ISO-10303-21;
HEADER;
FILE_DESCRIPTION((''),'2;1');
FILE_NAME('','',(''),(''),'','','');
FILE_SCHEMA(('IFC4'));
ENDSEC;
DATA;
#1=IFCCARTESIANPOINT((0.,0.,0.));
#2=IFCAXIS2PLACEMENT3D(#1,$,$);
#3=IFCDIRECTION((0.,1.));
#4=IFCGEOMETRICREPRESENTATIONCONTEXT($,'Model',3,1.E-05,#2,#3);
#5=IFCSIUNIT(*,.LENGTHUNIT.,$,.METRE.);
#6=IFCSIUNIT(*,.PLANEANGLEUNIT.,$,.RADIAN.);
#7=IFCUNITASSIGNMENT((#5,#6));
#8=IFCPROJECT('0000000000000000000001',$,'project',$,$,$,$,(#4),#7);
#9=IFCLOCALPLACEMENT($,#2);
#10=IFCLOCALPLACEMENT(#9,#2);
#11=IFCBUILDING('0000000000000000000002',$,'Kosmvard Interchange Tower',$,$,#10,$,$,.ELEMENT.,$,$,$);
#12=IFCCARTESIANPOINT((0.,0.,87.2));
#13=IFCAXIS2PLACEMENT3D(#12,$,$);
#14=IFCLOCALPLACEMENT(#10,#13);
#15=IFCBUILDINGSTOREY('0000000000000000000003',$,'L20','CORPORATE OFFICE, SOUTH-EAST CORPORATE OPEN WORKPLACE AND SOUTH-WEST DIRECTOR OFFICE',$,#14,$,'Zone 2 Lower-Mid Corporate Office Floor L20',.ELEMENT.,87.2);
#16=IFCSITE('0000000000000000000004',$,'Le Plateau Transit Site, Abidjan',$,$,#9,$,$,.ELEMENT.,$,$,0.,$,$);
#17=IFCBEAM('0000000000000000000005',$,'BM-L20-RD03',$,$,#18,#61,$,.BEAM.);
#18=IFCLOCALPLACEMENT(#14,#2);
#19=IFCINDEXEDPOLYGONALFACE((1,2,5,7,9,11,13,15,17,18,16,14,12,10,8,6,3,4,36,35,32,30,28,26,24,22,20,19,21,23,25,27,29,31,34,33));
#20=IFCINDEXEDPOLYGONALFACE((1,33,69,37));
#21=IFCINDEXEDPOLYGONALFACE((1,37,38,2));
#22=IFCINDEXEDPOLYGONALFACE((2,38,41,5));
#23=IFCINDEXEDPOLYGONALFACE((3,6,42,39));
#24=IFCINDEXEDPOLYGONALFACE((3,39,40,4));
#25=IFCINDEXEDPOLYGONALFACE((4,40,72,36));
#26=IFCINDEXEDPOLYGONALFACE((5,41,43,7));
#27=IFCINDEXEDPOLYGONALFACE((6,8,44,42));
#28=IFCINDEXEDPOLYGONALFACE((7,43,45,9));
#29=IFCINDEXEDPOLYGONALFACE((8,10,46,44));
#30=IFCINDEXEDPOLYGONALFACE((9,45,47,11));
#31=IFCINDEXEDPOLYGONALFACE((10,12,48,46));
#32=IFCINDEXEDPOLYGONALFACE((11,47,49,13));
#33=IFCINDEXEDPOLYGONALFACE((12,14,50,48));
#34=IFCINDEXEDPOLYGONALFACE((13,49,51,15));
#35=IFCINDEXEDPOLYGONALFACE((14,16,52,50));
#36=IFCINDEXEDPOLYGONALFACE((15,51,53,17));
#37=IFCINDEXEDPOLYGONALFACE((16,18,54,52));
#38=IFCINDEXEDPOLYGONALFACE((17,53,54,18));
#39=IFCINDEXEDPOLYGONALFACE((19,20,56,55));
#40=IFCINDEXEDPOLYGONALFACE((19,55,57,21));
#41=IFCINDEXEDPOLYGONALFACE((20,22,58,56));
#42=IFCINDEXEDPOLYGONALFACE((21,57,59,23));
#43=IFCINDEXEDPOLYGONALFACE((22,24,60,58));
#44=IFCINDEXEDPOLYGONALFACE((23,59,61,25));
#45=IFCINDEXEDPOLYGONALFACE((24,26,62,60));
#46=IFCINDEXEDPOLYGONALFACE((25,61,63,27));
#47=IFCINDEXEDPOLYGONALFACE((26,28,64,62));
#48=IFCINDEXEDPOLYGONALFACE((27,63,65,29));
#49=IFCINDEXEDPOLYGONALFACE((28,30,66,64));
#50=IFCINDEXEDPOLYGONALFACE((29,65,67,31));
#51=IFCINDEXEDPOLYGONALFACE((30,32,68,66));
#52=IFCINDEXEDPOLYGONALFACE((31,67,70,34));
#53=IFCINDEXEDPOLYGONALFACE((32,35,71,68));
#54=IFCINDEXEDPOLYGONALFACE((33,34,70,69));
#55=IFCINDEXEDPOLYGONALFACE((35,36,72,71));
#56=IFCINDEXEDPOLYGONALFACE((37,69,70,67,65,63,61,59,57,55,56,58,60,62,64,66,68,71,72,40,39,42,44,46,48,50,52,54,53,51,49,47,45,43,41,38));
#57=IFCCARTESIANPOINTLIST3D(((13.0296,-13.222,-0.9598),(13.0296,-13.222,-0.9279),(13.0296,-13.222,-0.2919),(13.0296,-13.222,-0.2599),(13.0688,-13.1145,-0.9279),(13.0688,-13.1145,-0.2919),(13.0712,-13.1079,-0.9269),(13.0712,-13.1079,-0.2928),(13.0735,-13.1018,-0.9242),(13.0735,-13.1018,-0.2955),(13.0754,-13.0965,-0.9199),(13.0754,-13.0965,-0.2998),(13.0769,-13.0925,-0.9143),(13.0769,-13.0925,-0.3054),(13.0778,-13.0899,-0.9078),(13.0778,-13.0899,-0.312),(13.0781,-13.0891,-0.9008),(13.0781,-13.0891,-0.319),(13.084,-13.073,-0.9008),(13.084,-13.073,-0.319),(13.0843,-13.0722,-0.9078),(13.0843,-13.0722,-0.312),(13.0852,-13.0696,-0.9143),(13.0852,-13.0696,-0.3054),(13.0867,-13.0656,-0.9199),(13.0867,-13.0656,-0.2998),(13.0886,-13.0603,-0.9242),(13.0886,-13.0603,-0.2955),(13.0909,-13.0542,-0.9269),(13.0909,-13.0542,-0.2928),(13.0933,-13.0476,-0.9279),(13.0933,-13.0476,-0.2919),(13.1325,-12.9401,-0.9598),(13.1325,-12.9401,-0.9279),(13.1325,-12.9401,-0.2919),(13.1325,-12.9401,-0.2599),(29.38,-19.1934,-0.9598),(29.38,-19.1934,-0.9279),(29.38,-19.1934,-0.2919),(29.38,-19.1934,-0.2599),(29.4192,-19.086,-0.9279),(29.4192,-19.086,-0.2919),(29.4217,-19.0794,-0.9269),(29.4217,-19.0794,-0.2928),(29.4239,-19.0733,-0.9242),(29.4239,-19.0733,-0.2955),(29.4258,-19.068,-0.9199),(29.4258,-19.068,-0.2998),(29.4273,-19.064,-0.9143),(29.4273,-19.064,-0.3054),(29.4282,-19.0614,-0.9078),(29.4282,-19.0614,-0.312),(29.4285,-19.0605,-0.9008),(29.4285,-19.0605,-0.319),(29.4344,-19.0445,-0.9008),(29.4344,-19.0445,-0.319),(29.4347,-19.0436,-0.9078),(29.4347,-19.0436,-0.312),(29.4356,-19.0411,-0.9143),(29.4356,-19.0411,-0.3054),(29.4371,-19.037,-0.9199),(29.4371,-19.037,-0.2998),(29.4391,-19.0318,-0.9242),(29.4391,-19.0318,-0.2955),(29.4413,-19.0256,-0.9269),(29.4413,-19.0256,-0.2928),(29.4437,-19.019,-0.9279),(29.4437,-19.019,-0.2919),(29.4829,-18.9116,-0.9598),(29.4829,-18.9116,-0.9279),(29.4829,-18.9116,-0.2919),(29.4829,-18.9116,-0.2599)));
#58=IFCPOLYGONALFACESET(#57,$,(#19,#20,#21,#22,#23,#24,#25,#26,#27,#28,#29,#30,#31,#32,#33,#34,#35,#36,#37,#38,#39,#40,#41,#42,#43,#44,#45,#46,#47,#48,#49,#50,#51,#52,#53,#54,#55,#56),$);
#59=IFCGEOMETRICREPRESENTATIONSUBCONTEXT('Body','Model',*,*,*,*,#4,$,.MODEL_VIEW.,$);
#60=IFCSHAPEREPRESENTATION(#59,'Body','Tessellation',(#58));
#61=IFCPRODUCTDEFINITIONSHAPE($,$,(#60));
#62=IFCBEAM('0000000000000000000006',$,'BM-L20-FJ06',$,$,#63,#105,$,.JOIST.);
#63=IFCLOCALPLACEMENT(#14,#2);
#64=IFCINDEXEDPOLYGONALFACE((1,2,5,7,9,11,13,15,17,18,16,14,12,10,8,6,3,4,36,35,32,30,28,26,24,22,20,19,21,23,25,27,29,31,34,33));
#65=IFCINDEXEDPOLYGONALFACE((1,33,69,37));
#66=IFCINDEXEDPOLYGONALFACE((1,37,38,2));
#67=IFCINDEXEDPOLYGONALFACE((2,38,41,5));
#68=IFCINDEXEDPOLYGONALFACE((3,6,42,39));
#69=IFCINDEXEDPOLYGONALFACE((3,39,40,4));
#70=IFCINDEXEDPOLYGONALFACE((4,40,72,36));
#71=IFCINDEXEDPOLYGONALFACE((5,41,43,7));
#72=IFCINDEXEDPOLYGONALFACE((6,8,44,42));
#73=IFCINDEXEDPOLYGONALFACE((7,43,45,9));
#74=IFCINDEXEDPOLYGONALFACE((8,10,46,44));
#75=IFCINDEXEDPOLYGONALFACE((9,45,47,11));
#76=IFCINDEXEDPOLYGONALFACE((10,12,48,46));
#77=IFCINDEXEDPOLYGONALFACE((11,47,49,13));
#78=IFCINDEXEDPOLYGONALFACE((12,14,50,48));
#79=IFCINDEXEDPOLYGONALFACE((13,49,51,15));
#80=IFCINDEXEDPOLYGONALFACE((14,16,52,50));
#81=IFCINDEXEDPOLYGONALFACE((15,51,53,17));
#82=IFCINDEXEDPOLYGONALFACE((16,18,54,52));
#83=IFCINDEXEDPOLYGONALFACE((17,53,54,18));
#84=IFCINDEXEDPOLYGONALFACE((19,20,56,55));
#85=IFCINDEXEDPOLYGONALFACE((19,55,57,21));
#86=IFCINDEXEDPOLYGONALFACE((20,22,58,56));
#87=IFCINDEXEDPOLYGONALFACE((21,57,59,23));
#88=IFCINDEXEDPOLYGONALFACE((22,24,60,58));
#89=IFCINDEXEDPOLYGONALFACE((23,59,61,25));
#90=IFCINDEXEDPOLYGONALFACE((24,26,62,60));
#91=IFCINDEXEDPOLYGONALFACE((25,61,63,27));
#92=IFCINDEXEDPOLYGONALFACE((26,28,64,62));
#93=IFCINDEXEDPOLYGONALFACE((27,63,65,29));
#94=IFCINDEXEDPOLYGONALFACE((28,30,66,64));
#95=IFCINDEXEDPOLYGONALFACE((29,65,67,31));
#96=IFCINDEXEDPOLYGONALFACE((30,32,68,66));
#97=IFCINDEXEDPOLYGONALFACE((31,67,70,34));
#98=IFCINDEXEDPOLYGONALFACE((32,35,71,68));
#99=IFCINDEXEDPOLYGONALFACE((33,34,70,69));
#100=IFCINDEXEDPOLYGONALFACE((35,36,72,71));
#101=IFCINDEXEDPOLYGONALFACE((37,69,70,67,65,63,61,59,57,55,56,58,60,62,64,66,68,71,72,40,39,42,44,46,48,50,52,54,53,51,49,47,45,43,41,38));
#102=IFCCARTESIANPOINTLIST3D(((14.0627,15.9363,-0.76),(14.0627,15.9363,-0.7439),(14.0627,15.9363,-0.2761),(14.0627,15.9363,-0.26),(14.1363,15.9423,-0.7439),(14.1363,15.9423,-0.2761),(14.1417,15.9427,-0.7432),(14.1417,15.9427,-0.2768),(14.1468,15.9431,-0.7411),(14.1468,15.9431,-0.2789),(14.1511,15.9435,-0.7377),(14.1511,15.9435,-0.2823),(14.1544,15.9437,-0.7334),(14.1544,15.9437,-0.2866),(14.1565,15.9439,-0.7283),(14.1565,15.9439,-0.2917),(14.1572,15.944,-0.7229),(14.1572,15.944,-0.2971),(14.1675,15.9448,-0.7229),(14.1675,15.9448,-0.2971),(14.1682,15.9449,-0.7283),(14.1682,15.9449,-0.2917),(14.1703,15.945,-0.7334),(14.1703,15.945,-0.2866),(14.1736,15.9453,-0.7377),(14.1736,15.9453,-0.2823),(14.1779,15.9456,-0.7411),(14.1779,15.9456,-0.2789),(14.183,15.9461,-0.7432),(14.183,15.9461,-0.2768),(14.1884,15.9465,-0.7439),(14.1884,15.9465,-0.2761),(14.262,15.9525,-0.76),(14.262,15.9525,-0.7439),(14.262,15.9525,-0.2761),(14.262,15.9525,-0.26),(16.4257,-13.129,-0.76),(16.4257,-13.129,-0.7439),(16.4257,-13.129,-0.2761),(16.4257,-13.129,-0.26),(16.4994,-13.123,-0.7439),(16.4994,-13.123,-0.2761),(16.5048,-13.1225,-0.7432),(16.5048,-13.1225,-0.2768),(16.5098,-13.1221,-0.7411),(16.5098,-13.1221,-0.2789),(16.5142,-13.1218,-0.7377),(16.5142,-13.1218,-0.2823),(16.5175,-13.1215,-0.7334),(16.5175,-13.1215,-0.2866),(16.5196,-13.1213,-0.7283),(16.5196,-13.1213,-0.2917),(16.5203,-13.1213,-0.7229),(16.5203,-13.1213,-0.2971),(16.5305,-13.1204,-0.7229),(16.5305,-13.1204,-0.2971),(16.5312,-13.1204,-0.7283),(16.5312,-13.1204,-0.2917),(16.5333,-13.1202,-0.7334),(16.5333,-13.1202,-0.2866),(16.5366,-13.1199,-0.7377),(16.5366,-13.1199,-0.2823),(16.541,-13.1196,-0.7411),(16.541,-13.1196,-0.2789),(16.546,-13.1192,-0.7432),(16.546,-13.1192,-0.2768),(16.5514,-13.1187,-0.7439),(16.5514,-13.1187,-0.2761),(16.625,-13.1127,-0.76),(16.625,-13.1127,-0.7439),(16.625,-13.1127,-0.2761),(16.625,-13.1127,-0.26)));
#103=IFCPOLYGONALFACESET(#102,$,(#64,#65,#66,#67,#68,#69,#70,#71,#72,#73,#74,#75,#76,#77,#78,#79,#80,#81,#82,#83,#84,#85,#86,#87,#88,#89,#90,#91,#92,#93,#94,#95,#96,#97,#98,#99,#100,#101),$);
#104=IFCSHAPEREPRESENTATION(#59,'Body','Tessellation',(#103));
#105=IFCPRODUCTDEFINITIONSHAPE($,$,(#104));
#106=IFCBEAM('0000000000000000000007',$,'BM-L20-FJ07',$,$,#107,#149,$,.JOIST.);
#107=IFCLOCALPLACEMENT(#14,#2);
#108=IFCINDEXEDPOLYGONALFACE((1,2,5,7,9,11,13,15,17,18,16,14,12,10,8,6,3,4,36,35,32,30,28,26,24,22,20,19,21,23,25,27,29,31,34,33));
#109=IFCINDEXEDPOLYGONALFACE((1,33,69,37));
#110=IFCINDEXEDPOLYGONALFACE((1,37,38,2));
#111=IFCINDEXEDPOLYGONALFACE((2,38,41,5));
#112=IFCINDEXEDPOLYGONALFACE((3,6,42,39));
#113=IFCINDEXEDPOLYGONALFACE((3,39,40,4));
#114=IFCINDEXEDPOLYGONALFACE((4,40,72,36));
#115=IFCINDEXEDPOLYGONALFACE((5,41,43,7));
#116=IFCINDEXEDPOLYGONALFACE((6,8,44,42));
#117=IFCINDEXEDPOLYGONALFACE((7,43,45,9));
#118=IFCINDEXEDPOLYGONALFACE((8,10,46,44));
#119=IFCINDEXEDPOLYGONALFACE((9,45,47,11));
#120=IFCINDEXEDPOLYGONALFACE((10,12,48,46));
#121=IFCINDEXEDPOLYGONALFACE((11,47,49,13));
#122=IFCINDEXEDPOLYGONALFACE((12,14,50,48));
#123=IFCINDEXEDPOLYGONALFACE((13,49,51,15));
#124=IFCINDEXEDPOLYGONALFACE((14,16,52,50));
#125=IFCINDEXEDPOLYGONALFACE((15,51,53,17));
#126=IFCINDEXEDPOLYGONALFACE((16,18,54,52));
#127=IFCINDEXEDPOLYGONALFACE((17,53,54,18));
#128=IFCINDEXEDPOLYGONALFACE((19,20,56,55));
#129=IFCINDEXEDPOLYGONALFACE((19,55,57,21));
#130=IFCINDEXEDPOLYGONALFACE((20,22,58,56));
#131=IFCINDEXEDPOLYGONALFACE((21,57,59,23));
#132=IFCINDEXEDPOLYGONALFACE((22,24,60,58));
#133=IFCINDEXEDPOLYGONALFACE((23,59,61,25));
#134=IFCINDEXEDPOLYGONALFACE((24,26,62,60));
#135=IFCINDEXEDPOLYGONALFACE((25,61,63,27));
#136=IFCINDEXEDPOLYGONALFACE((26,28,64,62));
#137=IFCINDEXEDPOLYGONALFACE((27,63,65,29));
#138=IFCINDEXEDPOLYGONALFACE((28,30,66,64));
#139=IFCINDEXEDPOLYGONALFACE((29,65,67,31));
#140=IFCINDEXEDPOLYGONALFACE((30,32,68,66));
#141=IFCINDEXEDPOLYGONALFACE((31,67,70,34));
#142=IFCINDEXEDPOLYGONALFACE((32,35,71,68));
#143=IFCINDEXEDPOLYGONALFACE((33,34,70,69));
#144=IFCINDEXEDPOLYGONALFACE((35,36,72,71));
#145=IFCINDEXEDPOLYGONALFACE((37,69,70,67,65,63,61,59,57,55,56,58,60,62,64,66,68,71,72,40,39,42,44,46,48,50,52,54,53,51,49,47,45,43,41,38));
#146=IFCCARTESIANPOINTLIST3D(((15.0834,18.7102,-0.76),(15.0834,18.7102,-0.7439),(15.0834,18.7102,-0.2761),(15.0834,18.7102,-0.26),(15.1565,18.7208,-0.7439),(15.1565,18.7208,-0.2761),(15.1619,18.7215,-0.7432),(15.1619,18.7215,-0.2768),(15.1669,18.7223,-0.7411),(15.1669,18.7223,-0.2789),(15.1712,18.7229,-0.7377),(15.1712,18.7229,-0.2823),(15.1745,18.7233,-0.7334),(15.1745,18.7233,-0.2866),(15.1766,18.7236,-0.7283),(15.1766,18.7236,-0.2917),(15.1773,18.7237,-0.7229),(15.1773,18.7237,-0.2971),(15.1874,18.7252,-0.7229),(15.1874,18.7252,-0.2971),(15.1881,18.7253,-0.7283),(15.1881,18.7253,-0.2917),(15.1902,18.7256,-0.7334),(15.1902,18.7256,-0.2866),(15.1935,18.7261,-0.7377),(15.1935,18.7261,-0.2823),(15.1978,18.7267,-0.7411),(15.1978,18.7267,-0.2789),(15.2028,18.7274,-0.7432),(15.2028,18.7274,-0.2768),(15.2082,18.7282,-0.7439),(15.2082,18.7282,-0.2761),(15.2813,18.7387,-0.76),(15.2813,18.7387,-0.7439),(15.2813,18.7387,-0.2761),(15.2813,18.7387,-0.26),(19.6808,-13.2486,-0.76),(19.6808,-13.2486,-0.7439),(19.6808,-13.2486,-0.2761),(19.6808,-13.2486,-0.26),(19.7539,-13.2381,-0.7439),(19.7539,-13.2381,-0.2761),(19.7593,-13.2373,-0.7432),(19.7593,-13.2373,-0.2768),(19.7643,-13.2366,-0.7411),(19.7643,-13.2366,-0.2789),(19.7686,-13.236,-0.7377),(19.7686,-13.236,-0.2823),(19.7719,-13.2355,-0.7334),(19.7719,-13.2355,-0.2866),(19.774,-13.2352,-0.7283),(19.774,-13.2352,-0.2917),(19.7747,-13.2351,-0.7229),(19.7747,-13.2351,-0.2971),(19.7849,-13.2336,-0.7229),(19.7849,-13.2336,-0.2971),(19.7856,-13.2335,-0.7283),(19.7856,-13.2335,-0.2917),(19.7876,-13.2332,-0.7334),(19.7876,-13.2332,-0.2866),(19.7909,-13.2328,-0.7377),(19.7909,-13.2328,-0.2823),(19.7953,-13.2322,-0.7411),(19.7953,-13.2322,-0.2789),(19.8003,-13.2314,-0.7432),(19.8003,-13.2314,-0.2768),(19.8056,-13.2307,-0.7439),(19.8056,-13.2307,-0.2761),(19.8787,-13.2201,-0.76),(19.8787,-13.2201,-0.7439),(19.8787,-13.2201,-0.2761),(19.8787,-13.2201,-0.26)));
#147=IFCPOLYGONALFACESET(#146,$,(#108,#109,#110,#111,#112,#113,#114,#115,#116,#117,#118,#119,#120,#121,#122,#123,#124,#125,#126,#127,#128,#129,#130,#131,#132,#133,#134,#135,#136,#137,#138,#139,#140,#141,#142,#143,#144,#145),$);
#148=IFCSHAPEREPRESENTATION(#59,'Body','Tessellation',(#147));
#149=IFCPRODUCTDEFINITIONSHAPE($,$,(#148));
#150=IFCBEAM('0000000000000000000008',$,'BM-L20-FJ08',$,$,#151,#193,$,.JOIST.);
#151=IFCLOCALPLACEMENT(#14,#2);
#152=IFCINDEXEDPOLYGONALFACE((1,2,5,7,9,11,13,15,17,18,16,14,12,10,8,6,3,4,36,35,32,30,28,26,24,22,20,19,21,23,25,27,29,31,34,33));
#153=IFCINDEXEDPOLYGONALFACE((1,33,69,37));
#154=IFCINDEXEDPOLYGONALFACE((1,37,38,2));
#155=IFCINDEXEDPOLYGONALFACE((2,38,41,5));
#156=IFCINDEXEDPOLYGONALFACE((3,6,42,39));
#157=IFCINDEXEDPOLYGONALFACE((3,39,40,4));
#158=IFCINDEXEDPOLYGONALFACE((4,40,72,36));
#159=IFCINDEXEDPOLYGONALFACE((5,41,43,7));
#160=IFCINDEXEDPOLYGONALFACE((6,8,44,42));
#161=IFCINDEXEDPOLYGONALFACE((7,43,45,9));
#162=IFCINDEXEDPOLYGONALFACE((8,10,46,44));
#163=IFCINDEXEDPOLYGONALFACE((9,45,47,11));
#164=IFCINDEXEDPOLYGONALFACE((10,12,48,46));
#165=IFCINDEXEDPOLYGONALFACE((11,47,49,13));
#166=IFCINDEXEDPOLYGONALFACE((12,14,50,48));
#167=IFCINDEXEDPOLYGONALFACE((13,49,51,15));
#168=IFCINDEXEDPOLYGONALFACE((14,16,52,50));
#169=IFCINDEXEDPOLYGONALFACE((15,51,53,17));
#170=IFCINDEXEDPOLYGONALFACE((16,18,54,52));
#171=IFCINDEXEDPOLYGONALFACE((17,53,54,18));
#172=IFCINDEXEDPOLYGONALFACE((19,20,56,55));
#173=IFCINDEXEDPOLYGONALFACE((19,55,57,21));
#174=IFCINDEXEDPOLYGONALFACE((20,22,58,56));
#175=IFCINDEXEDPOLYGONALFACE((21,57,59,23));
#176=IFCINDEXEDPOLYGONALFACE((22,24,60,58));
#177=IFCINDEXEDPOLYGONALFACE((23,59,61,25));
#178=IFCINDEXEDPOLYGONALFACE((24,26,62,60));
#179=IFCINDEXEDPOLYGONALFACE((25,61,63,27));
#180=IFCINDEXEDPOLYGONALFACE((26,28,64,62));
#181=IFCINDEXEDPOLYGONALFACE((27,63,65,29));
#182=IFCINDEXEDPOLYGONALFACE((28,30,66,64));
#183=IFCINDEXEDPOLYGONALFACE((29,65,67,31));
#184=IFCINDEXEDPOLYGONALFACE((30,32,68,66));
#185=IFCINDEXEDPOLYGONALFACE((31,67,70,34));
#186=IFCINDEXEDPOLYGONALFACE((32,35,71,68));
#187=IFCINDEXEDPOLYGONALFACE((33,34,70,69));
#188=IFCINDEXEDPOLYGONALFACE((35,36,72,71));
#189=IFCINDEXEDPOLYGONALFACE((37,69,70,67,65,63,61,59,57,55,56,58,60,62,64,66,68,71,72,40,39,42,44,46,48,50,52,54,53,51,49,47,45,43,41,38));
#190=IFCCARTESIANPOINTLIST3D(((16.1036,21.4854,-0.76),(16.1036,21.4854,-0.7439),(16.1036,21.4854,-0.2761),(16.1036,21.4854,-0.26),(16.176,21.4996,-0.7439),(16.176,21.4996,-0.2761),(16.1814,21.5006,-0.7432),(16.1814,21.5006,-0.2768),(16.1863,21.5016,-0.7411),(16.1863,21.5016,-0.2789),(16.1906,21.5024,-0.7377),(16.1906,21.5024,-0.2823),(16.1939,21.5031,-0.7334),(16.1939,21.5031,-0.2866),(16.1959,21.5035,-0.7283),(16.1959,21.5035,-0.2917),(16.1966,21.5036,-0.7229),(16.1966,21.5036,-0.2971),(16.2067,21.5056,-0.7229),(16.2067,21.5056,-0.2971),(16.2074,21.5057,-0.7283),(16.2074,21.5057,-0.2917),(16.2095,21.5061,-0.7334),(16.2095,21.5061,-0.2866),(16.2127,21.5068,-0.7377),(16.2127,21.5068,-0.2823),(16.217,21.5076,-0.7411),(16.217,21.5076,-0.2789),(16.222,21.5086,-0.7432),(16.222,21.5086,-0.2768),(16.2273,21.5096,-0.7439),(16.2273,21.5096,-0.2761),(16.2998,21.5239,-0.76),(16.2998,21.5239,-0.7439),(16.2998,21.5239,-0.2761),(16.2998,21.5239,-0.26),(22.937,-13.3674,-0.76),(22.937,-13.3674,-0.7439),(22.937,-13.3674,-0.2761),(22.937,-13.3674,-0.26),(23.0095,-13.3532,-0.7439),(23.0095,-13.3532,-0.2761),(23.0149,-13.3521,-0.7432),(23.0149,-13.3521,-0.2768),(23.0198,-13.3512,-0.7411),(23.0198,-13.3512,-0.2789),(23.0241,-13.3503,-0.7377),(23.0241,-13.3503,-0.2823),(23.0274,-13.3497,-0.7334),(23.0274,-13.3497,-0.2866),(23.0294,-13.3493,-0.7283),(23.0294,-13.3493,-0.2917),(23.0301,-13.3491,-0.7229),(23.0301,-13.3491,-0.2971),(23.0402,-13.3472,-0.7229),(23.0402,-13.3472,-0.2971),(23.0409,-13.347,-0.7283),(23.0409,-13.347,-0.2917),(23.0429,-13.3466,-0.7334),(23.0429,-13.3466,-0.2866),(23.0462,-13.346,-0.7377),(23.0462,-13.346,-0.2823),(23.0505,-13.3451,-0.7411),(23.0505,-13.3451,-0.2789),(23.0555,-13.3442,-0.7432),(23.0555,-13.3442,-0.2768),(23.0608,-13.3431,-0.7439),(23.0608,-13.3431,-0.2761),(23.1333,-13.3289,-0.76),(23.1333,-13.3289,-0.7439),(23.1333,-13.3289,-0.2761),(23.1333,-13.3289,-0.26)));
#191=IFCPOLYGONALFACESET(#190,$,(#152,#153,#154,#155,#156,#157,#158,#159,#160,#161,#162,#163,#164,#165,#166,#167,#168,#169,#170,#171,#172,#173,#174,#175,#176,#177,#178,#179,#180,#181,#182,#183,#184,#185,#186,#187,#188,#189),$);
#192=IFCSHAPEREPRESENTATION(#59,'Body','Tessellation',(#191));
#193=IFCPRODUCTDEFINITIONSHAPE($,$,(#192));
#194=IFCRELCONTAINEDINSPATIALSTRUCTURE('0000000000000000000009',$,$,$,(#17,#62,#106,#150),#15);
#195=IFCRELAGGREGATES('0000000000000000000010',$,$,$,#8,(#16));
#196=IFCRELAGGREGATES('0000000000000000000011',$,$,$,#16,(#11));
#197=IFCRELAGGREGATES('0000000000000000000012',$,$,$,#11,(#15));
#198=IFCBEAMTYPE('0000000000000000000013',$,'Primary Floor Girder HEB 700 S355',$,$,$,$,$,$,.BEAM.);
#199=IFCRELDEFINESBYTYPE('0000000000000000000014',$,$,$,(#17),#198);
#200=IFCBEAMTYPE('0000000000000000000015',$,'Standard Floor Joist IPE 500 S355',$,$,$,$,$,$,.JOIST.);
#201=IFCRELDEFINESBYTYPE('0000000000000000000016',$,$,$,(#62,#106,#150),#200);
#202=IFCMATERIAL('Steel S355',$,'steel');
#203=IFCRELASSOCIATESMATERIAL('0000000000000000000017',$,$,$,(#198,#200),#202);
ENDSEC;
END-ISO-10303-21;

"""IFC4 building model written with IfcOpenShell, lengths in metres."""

from ifc_helpers import new_model, si_unit, direction, frame, origin, origin_2d, place, context, subcontext, project, spatial, i_section, extrude, source, transform, mapped, material, material_profile, profile_set, type_object, element, save


model = new_model("IFC4")

# Units and contexts
model_context = context("Model", 3, precision=1e-05, world=origin(), true_north=direction((0.0, 1.0)))
body_context = subcontext(model_context, "Body", "Model", "MODEL_VIEW")
ifc_project = project(units=[si_unit("LENGTHUNIT", "METRE"), si_unit("PLANEANGLEUNIT", "RADIAN")], contexts=[model_context])

# Site, building, storey
site_placement = place(None, origin())
site = spatial("IfcSite", under=ifc_project, at=site_placement, Name="Le Plateau Transit Site, Abidjan", CompositionType="ELEMENT", RefElevation=0.0)
building_placement = place(site_placement, origin())
building = spatial("IfcBuilding", under=site, at=building_placement, Name="Kosmvard Interchange Tower", CompositionType="ELEMENT")
storey_placement = place(building_placement, frame((0.0, 0.0, 87.2)))
storey = spatial("IfcBuildingStorey", under=building, at=storey_placement, Name="L20", Description="CORPORATE OFFICE, SOUTH-EAST CORPORATE OPEN WORKPLACE AND SOUTH-WEST DIRECTOR OFFICE", LongName="Zone 2 Lower-Mid Corporate Office Floor L20", CompositionType="ELEMENT", Elevation=87.2)

# Beams
ifc_material_1 = material(Name="Steel S355", Category="steel")
ifc_material_profile_1 = material_profile(ifc_material_1, i_section(OverallWidth=0.3, OverallDepth=0.7, WebThickness=0.0171, FlangeThickness=0.032, FilletRadius=0.0271, at=origin_2d()), Name="HEB 700")
ifc_profile_set_1 = profile_set([ifc_material_profile_1], Name="Steel S355")
beam_type_1 = type_object("IfcBeamType", Name="Primary Floor Girder HEB 700 S355", PredefinedType="BEAM", material=ifc_profile_set_1)
shared_shape_1 = source(origin(), body_context, "Body", "SweptSolid", [
    extrude(i_section(OverallWidth=0.3, OverallDepth=0.7, WebThickness=0.0171, FlangeThickness=0.032, FilletRadius=0.0271, at=origin_2d()), origin(), (0.0, 0.0, 1.0), 17.4067),
])
beam_1_placement = place(storey_placement, frame((13.0811, -13.0811, -0.6099), z_axis=(0.939315, -0.343055, 0.0), x_axis=(0.343055, 0.939315, 0.0)))
element("IfcBeam", 1, at=beam_1_placement, inside=storey, type_object=beam_type_1, Name="BM-L20-RD03", PredefinedType="BEAM", context=body_context, shape_type="MappedRepresentation", body=[
    mapped(shared_shape_1, transform((0.0, 0.0, 0.0), scale=1.0)),
])
ifc_material_profile_2 = material_profile(ifc_material_1, i_section(OverallWidth=0.2, OverallDepth=0.5, WebThickness=0.0103, FlangeThickness=0.0161, FilletRadius=0.021, at=origin_2d()), Name="IPE 500")
ifc_profile_set_2 = profile_set([ifc_material_profile_2], Name="Steel S355")
beam_type_2 = type_object("IfcBeamType", Name="Standard Floor Joist IPE 500 S355", PredefinedType="JOIST", material=ifc_profile_set_2)
shared_shape_2 = source(origin(), body_context, "Body", "SweptSolid", [
    extrude(i_section(OverallWidth=0.2, OverallDepth=0.5, WebThickness=0.0103, FlangeThickness=0.0161, FilletRadius=0.021, at=origin_2d()), origin(), (0.0, 0.0, 1.0), 29.1611),
])
beam_2_placement = place(storey_placement, frame((16.5254, -13.1208, -0.51), z_axis=(-0.081034, 0.996711, 0.0), x_axis=(-0.996711, -0.081034, 0.0)))
element("IfcBeam", 2, at=beam_2_placement, inside=storey, type_object=beam_type_2, Name="BM-L20-FJ06", PredefinedType="JOIST", context=body_context, shape_type="MappedRepresentation", body=[
    mapped(shared_shape_2, transform((0.0, 0.0, 0.0), scale=1.0)),
])
shared_shape_3 = source(origin(), body_context, "Body", "SweptSolid", [
    extrude(i_section(OverallWidth=0.2, OverallDepth=0.5, WebThickness=0.0103, FlangeThickness=0.0161, FilletRadius=0.021, at=origin_2d()), origin(), (0.0, 0.0, 1.0), 32.2878),
])
beam_3_placement = place(storey_placement, frame((19.7798, -13.2344, -0.51), z_axis=(-0.142389, 0.989811, 0.0), x_axis=(-0.989811, -0.142389, 0.0)))
element("IfcBeam", 3, at=beam_3_placement, inside=storey, type_object=beam_type_2, Name="BM-L20-FJ07", PredefinedType="JOIST", context=body_context, shape_type="MappedRepresentation", body=[
    mapped(shared_shape_3, transform((0.0, 0.0, 0.0), scale=1.0)),
])
shared_shape_4 = source(origin(), body_context, "Body", "SweptSolid", [
    extrude(i_section(OverallWidth=0.2, OverallDepth=0.5, WebThickness=0.0103, FlangeThickness=0.0161, FilletRadius=0.021, at=origin_2d()), origin(), (0.0, 0.0, 1.0), 35.5164),
])
beam_4_placement = place(storey_placement, frame((23.0352, -13.3481, -0.51), z_axis=(-0.192404, 0.981316, 0.0), x_axis=(-0.981316, -0.192404, 0.0)))
element("IfcBeam", 4, at=beam_4_placement, inside=storey, type_object=beam_type_2, Name="BM-L20-FJ08", PredefinedType="JOIST", context=body_context, shape_type="MappedRepresentation", body=[
    mapped(shared_shape_4, transform((0.0, 0.0, 0.0), scale=1.0)),
])

save(model, "model.ifc")
